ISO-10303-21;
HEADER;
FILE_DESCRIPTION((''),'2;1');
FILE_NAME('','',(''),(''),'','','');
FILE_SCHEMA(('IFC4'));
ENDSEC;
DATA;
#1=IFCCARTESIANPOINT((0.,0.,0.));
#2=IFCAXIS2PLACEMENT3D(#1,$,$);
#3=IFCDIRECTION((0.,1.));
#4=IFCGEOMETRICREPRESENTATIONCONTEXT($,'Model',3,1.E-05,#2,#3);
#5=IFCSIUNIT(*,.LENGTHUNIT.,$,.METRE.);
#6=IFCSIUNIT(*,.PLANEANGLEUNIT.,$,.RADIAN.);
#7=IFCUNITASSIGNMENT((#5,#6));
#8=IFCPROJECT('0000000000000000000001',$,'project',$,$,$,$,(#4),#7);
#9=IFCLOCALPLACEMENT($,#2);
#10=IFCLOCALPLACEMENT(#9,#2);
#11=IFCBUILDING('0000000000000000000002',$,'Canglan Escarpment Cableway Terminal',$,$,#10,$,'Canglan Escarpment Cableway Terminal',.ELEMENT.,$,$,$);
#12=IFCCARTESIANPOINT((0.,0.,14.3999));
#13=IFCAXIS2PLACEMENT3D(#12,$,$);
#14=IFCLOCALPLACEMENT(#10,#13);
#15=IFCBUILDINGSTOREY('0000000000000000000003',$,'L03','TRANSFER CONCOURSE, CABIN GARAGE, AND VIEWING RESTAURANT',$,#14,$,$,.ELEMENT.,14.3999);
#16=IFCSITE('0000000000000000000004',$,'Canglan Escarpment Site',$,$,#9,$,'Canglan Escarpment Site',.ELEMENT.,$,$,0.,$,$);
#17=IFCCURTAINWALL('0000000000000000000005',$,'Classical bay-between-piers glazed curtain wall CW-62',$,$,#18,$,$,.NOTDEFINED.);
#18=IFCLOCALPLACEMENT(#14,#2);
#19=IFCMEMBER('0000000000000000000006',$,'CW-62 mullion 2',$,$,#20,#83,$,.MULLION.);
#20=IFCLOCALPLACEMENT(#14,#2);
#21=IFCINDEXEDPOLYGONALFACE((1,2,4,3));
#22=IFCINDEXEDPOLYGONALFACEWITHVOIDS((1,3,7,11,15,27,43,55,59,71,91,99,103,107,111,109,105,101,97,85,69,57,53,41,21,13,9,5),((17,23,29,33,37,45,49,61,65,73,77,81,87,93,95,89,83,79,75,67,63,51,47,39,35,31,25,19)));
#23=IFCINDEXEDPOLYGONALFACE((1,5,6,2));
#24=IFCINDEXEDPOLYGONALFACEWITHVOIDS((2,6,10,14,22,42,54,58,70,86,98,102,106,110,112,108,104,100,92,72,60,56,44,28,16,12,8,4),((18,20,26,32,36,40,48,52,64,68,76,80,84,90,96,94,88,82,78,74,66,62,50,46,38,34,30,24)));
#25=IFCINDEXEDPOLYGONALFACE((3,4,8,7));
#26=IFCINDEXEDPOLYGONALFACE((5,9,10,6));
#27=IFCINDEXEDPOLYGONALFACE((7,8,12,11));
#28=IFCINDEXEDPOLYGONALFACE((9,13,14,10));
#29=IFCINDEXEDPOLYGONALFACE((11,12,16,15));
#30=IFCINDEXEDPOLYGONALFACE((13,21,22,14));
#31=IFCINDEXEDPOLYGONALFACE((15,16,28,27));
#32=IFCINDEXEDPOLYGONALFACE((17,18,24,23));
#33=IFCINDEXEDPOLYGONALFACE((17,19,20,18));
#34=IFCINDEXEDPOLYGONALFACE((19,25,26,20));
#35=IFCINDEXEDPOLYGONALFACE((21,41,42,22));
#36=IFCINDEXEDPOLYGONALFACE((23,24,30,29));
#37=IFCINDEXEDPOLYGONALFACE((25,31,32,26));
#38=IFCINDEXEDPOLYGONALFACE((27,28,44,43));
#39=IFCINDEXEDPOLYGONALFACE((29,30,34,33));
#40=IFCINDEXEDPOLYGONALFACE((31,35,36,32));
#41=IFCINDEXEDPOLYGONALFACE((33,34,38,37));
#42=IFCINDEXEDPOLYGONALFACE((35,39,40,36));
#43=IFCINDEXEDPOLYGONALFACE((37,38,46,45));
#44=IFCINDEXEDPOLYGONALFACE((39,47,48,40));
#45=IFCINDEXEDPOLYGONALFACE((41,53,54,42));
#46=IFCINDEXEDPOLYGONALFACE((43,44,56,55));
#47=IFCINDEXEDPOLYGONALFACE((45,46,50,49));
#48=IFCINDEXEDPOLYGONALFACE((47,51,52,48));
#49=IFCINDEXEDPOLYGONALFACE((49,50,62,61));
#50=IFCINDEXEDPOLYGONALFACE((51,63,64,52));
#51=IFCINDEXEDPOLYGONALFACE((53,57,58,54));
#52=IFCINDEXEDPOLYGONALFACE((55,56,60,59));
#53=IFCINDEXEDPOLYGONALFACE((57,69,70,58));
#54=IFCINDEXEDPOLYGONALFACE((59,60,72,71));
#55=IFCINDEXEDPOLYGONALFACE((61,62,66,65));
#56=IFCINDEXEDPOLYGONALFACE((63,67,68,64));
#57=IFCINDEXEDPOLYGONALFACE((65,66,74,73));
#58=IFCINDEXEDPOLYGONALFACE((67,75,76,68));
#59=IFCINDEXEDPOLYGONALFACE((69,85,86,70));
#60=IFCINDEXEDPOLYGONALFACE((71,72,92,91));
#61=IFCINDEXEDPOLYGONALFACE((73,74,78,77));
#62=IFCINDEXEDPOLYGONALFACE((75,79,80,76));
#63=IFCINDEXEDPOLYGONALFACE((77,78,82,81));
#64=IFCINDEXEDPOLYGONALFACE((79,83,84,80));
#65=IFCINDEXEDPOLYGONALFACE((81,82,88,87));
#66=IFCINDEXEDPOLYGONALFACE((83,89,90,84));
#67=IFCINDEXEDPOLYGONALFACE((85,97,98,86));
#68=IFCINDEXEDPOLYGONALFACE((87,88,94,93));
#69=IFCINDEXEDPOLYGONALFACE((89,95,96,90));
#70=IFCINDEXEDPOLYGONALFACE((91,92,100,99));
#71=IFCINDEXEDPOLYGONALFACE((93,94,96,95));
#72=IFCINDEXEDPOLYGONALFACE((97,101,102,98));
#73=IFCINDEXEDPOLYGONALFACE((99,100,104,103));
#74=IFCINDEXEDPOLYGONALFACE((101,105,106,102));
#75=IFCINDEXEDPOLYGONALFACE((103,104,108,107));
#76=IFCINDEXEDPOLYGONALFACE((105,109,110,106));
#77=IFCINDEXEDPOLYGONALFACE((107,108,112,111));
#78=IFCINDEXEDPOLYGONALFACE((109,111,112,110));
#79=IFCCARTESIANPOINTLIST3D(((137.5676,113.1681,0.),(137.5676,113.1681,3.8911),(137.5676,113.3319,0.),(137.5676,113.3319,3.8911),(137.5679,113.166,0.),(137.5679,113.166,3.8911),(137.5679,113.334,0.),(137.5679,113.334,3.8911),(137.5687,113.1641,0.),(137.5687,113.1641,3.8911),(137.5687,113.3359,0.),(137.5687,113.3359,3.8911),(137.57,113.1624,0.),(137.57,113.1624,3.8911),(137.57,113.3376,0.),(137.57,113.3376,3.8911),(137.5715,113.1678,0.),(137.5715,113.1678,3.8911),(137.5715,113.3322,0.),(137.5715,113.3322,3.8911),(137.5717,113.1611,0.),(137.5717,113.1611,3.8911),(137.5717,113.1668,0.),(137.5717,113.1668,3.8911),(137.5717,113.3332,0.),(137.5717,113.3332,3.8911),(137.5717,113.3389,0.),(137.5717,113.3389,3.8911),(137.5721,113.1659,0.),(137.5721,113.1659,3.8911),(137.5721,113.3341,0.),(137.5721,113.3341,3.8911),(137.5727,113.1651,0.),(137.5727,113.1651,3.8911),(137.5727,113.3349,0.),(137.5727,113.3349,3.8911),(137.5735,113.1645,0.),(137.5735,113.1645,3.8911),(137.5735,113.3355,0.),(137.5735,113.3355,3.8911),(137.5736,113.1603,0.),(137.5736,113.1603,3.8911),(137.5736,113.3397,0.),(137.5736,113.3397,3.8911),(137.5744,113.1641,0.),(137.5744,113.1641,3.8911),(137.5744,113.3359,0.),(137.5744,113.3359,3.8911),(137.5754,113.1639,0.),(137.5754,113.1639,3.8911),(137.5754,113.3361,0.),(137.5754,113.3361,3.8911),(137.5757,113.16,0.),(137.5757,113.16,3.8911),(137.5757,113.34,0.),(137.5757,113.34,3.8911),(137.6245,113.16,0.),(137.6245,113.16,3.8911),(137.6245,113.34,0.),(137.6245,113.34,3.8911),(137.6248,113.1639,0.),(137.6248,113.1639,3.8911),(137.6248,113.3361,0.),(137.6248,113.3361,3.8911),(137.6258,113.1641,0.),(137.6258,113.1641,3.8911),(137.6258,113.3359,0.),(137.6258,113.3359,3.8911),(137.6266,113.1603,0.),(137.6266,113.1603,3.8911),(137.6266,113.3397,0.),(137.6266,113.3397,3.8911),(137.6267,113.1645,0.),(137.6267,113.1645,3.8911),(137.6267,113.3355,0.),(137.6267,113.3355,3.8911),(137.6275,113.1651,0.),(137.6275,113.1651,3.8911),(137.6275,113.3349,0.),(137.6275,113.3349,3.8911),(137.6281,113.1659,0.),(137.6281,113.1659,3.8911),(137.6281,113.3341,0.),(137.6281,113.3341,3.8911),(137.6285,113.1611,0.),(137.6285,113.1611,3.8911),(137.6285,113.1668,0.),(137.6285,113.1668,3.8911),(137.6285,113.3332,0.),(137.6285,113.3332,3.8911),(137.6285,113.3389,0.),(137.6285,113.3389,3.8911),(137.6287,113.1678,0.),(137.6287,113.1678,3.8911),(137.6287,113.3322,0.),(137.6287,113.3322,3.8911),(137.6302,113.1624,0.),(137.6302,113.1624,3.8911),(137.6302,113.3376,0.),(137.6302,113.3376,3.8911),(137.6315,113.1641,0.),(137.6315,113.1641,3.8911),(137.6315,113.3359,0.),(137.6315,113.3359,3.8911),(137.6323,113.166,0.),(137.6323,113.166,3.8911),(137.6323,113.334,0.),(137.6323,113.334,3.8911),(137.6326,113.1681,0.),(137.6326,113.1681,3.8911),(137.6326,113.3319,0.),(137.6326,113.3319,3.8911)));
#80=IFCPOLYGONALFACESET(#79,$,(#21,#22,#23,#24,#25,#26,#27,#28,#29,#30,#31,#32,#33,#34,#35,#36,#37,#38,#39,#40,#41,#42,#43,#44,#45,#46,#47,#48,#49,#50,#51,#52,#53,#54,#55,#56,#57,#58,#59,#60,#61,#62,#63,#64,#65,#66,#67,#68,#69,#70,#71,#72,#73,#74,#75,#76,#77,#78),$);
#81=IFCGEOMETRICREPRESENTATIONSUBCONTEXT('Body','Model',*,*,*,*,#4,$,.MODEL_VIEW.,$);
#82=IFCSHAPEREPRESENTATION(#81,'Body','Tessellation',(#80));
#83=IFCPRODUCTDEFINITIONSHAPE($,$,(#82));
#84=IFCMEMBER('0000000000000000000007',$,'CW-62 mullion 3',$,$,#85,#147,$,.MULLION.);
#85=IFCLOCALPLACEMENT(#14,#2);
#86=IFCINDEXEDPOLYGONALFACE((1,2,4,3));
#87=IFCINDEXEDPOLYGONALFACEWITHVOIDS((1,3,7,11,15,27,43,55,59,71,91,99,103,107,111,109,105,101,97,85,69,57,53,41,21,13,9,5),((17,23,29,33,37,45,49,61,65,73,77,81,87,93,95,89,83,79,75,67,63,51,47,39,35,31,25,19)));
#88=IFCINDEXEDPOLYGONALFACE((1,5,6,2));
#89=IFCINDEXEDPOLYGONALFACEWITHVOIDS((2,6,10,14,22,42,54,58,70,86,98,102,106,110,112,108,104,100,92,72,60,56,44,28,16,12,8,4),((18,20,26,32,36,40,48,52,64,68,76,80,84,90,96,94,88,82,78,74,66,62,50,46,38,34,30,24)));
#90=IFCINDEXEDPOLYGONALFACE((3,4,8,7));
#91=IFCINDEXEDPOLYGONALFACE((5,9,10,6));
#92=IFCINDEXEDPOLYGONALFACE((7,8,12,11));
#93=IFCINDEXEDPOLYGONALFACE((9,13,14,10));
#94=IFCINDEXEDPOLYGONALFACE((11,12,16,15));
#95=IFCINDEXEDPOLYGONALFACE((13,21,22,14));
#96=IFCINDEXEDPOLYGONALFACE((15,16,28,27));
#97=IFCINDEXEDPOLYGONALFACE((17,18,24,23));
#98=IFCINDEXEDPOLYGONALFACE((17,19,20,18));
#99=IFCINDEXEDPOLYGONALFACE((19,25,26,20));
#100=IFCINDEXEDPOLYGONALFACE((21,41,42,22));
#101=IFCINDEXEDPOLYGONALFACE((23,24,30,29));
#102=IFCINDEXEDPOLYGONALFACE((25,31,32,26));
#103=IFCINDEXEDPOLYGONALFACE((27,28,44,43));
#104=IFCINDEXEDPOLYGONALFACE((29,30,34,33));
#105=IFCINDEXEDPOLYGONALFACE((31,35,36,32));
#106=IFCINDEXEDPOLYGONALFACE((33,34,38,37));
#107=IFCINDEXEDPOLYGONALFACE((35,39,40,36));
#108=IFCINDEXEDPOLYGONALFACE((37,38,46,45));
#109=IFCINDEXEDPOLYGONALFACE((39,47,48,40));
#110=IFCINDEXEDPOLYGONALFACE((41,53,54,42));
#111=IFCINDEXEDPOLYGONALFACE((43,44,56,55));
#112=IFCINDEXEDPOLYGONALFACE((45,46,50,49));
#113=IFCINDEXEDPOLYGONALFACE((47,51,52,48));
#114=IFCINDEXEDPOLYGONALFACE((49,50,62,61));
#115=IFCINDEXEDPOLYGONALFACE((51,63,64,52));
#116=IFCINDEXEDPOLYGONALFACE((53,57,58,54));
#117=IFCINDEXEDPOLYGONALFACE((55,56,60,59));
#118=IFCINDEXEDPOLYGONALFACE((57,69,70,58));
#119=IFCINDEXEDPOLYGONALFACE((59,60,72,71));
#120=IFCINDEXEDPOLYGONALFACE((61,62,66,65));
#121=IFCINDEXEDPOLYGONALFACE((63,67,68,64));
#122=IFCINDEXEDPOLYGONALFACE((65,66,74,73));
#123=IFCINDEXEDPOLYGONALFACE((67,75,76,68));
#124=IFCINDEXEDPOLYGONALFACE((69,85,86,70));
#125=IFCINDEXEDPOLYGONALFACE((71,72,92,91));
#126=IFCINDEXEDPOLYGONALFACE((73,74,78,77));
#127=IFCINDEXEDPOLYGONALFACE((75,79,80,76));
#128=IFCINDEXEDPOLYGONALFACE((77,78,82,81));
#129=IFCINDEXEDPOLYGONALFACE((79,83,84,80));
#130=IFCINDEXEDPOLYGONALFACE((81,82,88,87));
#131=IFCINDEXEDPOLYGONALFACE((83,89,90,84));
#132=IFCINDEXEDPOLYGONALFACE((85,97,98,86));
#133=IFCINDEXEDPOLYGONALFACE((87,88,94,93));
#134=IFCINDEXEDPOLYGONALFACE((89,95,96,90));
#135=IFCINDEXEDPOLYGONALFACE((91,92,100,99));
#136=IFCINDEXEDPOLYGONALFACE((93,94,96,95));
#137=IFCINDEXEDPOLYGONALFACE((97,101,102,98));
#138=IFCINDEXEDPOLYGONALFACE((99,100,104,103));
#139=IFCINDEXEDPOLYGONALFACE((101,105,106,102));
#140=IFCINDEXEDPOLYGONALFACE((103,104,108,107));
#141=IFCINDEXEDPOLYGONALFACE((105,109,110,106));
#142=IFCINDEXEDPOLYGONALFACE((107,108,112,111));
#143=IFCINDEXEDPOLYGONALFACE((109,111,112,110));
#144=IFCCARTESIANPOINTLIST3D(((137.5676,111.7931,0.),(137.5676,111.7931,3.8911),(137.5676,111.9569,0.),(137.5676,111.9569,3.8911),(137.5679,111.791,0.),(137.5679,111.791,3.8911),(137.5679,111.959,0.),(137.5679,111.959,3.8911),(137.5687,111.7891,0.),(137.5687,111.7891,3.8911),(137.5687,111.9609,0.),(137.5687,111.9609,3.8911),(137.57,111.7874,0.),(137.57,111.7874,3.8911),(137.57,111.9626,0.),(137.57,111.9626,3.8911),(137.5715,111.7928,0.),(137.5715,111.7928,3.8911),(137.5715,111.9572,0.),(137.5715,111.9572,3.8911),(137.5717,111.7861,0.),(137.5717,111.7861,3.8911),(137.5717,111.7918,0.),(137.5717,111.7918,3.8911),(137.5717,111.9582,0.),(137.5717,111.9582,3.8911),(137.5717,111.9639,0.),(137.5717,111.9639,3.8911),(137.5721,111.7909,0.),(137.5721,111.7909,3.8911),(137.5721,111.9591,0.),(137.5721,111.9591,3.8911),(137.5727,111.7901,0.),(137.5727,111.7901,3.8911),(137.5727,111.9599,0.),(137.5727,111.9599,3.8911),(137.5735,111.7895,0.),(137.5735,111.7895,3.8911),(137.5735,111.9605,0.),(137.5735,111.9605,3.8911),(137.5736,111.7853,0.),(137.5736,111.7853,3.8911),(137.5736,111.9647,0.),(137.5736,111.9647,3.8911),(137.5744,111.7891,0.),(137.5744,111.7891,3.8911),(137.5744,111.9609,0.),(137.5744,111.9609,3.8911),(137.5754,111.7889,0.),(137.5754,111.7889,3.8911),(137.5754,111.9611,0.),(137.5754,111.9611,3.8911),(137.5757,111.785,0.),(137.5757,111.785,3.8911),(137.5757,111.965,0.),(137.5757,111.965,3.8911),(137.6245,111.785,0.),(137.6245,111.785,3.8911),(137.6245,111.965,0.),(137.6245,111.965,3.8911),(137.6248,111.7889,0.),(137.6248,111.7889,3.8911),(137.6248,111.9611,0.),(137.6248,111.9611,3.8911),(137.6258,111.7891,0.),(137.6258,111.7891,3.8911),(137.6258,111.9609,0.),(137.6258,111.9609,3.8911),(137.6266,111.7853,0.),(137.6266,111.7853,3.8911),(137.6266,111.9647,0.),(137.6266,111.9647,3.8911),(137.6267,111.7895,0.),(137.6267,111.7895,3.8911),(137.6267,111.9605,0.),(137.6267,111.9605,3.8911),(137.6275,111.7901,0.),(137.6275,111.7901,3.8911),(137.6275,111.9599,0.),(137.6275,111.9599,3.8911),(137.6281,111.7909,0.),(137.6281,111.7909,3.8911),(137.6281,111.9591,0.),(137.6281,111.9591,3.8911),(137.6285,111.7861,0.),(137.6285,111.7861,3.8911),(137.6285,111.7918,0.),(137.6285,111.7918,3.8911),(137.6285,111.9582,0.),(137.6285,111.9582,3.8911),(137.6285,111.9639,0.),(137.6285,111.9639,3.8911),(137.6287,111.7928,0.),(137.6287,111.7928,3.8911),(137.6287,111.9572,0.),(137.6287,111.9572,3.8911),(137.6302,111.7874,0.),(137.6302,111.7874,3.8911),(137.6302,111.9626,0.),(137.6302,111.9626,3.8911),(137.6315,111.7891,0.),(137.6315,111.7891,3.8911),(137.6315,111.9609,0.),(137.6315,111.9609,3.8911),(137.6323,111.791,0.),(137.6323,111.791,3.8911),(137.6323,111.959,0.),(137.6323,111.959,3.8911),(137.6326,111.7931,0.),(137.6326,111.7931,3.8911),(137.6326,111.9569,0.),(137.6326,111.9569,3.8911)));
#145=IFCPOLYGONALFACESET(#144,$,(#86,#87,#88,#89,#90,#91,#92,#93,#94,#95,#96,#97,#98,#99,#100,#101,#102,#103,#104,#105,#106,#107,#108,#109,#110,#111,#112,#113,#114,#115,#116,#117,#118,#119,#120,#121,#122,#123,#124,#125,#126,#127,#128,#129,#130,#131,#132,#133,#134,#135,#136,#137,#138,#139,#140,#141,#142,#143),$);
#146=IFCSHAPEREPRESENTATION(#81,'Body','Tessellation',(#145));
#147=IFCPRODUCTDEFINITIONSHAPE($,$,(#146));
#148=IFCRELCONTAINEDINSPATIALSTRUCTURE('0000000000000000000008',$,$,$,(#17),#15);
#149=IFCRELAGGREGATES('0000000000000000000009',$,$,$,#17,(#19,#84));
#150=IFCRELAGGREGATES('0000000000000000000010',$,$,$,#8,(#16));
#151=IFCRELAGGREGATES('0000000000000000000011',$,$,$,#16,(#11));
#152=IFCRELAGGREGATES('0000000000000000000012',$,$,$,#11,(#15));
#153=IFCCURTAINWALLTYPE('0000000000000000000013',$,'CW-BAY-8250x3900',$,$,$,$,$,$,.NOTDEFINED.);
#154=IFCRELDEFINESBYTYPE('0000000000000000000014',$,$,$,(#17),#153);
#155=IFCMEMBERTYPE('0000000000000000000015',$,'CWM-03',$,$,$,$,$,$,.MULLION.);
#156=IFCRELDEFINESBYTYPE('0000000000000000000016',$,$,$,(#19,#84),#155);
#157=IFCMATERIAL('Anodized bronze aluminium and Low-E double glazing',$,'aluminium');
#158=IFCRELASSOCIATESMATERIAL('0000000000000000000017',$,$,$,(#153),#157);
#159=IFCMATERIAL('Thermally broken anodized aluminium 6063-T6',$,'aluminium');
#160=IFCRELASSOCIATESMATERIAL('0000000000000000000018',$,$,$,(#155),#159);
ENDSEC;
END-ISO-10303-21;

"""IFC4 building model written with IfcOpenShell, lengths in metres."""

from ifc_helpers import new_model, si_unit, direction, frame, origin, origin_2d, place, context, subcontext, project, spatial, hollow_rectangle, extrude, material, material_profile, profile_set, type_object, element, aggregate, save


model = new_model("IFC4")

# Units and contexts
model_context = context("Model", 3, precision=1e-05, world=origin(), true_north=direction((0.0, 1.0)))
body_context = subcontext(model_context, "Body", "Model", "MODEL_VIEW")
ifc_project = project(units=[si_unit("LENGTHUNIT", "METRE"), si_unit("PLANEANGLEUNIT", "RADIAN")], contexts=[model_context])

# Site, building, storey
site_placement = place(None, origin())
site = spatial("IfcSite", under=ifc_project, at=site_placement, Name="Canglan Escarpment Site", LongName="Canglan Escarpment Site", CompositionType="ELEMENT", RefElevation=0.0)
building_placement = place(site_placement, origin())
building = spatial("IfcBuilding", under=site, at=building_placement, Name="Canglan Escarpment Cableway Terminal", LongName="Canglan Escarpment Cableway Terminal", CompositionType="ELEMENT")
storey_placement = place(building_placement, frame((0.0, 0.0, 14.3999)))
storey = spatial("IfcBuildingStorey", under=building, at=storey_placement, Name="L03", Description="TRANSFER CONCOURSE, CABIN GARAGE, AND VIEWING RESTAURANT", CompositionType="ELEMENT", Elevation=14.3999)

# Curtain wall, members
ifc_material_1 = material(Name="Anodized bronze aluminium and Low-E double glazing", Category="aluminium")
curtain_wall_type_1 = type_object("IfcCurtainWallType", Name="CW-BAY-8250x3900", PredefinedType="NOTDEFINED", material=ifc_material_1)
curtain_wall_1_placement = place(storey_placement, origin())
curtain_wall_1 = element("IfcCurtainWall", 1, at=curtain_wall_1_placement, inside=storey, type_object=curtain_wall_type_1, Name="Classical bay-between-piers glazed curtain wall CW-62", PredefinedType="NOTDEFINED")
ifc_material_2 = material(Name="Thermally broken anodized aluminium 6063-T6", Category="aluminium")
ifc_material_profile_1 = material_profile(ifc_material_2, hollow_rectangle(XDim=0.0649, YDim=0.1799, WallThickness=0.0039, InnerFilletRadius=0.0039, OuterFilletRadius=0.0081, at=origin_2d()), Name="ALU-MULL 65x180x4")
ifc_profile_set_1 = profile_set([ifc_material_profile_1], Name="Thermally broken anodized aluminium 6063-T6")
member_type_1 = type_object("IfcMemberType", Name="CWM-03", PredefinedType="MULLION", material=ifc_profile_set_1)
member_1_placement = place(storey_placement, frame((137.6001, 113.25, 0.0), z_axis=(0.0, 0.0, 1.0), x_axis=(1.0, 0.0, 0.0)))
member_1 = element("IfcMember", 2, at=member_1_placement, type_object=member_type_1, Name="CW-62 mullion 2", PredefinedType="MULLION", context=body_context, shape_type="SweptSolid", body=[
    extrude(hollow_rectangle(XDim=0.0649, YDim=0.1799, WallThickness=0.0039, InnerFilletRadius=0.0039, OuterFilletRadius=0.0081, at=origin_2d()), origin(), (0.0, 0.0, 1.0), 3.8911),
])
member_2_placement = place(storey_placement, frame((137.6001, 111.875, 0.0), z_axis=(0.0, 0.0, 1.0), x_axis=(1.0, 0.0, 0.0)))
member_2 = element("IfcMember", 3, at=member_2_placement, type_object=member_type_1, Name="CW-62 mullion 3", PredefinedType="MULLION", context=body_context, shape_type="SweptSolid", body=[
    extrude(hollow_rectangle(XDim=0.0649, YDim=0.1799, WallThickness=0.0039, InnerFilletRadius=0.0039, OuterFilletRadius=0.0081, at=origin_2d()), origin(), (0.0, 0.0, 1.0), 3.8911),
])

aggregate(curtain_wall_1, [member_1, member_2])

save(model, "model.ifc")
